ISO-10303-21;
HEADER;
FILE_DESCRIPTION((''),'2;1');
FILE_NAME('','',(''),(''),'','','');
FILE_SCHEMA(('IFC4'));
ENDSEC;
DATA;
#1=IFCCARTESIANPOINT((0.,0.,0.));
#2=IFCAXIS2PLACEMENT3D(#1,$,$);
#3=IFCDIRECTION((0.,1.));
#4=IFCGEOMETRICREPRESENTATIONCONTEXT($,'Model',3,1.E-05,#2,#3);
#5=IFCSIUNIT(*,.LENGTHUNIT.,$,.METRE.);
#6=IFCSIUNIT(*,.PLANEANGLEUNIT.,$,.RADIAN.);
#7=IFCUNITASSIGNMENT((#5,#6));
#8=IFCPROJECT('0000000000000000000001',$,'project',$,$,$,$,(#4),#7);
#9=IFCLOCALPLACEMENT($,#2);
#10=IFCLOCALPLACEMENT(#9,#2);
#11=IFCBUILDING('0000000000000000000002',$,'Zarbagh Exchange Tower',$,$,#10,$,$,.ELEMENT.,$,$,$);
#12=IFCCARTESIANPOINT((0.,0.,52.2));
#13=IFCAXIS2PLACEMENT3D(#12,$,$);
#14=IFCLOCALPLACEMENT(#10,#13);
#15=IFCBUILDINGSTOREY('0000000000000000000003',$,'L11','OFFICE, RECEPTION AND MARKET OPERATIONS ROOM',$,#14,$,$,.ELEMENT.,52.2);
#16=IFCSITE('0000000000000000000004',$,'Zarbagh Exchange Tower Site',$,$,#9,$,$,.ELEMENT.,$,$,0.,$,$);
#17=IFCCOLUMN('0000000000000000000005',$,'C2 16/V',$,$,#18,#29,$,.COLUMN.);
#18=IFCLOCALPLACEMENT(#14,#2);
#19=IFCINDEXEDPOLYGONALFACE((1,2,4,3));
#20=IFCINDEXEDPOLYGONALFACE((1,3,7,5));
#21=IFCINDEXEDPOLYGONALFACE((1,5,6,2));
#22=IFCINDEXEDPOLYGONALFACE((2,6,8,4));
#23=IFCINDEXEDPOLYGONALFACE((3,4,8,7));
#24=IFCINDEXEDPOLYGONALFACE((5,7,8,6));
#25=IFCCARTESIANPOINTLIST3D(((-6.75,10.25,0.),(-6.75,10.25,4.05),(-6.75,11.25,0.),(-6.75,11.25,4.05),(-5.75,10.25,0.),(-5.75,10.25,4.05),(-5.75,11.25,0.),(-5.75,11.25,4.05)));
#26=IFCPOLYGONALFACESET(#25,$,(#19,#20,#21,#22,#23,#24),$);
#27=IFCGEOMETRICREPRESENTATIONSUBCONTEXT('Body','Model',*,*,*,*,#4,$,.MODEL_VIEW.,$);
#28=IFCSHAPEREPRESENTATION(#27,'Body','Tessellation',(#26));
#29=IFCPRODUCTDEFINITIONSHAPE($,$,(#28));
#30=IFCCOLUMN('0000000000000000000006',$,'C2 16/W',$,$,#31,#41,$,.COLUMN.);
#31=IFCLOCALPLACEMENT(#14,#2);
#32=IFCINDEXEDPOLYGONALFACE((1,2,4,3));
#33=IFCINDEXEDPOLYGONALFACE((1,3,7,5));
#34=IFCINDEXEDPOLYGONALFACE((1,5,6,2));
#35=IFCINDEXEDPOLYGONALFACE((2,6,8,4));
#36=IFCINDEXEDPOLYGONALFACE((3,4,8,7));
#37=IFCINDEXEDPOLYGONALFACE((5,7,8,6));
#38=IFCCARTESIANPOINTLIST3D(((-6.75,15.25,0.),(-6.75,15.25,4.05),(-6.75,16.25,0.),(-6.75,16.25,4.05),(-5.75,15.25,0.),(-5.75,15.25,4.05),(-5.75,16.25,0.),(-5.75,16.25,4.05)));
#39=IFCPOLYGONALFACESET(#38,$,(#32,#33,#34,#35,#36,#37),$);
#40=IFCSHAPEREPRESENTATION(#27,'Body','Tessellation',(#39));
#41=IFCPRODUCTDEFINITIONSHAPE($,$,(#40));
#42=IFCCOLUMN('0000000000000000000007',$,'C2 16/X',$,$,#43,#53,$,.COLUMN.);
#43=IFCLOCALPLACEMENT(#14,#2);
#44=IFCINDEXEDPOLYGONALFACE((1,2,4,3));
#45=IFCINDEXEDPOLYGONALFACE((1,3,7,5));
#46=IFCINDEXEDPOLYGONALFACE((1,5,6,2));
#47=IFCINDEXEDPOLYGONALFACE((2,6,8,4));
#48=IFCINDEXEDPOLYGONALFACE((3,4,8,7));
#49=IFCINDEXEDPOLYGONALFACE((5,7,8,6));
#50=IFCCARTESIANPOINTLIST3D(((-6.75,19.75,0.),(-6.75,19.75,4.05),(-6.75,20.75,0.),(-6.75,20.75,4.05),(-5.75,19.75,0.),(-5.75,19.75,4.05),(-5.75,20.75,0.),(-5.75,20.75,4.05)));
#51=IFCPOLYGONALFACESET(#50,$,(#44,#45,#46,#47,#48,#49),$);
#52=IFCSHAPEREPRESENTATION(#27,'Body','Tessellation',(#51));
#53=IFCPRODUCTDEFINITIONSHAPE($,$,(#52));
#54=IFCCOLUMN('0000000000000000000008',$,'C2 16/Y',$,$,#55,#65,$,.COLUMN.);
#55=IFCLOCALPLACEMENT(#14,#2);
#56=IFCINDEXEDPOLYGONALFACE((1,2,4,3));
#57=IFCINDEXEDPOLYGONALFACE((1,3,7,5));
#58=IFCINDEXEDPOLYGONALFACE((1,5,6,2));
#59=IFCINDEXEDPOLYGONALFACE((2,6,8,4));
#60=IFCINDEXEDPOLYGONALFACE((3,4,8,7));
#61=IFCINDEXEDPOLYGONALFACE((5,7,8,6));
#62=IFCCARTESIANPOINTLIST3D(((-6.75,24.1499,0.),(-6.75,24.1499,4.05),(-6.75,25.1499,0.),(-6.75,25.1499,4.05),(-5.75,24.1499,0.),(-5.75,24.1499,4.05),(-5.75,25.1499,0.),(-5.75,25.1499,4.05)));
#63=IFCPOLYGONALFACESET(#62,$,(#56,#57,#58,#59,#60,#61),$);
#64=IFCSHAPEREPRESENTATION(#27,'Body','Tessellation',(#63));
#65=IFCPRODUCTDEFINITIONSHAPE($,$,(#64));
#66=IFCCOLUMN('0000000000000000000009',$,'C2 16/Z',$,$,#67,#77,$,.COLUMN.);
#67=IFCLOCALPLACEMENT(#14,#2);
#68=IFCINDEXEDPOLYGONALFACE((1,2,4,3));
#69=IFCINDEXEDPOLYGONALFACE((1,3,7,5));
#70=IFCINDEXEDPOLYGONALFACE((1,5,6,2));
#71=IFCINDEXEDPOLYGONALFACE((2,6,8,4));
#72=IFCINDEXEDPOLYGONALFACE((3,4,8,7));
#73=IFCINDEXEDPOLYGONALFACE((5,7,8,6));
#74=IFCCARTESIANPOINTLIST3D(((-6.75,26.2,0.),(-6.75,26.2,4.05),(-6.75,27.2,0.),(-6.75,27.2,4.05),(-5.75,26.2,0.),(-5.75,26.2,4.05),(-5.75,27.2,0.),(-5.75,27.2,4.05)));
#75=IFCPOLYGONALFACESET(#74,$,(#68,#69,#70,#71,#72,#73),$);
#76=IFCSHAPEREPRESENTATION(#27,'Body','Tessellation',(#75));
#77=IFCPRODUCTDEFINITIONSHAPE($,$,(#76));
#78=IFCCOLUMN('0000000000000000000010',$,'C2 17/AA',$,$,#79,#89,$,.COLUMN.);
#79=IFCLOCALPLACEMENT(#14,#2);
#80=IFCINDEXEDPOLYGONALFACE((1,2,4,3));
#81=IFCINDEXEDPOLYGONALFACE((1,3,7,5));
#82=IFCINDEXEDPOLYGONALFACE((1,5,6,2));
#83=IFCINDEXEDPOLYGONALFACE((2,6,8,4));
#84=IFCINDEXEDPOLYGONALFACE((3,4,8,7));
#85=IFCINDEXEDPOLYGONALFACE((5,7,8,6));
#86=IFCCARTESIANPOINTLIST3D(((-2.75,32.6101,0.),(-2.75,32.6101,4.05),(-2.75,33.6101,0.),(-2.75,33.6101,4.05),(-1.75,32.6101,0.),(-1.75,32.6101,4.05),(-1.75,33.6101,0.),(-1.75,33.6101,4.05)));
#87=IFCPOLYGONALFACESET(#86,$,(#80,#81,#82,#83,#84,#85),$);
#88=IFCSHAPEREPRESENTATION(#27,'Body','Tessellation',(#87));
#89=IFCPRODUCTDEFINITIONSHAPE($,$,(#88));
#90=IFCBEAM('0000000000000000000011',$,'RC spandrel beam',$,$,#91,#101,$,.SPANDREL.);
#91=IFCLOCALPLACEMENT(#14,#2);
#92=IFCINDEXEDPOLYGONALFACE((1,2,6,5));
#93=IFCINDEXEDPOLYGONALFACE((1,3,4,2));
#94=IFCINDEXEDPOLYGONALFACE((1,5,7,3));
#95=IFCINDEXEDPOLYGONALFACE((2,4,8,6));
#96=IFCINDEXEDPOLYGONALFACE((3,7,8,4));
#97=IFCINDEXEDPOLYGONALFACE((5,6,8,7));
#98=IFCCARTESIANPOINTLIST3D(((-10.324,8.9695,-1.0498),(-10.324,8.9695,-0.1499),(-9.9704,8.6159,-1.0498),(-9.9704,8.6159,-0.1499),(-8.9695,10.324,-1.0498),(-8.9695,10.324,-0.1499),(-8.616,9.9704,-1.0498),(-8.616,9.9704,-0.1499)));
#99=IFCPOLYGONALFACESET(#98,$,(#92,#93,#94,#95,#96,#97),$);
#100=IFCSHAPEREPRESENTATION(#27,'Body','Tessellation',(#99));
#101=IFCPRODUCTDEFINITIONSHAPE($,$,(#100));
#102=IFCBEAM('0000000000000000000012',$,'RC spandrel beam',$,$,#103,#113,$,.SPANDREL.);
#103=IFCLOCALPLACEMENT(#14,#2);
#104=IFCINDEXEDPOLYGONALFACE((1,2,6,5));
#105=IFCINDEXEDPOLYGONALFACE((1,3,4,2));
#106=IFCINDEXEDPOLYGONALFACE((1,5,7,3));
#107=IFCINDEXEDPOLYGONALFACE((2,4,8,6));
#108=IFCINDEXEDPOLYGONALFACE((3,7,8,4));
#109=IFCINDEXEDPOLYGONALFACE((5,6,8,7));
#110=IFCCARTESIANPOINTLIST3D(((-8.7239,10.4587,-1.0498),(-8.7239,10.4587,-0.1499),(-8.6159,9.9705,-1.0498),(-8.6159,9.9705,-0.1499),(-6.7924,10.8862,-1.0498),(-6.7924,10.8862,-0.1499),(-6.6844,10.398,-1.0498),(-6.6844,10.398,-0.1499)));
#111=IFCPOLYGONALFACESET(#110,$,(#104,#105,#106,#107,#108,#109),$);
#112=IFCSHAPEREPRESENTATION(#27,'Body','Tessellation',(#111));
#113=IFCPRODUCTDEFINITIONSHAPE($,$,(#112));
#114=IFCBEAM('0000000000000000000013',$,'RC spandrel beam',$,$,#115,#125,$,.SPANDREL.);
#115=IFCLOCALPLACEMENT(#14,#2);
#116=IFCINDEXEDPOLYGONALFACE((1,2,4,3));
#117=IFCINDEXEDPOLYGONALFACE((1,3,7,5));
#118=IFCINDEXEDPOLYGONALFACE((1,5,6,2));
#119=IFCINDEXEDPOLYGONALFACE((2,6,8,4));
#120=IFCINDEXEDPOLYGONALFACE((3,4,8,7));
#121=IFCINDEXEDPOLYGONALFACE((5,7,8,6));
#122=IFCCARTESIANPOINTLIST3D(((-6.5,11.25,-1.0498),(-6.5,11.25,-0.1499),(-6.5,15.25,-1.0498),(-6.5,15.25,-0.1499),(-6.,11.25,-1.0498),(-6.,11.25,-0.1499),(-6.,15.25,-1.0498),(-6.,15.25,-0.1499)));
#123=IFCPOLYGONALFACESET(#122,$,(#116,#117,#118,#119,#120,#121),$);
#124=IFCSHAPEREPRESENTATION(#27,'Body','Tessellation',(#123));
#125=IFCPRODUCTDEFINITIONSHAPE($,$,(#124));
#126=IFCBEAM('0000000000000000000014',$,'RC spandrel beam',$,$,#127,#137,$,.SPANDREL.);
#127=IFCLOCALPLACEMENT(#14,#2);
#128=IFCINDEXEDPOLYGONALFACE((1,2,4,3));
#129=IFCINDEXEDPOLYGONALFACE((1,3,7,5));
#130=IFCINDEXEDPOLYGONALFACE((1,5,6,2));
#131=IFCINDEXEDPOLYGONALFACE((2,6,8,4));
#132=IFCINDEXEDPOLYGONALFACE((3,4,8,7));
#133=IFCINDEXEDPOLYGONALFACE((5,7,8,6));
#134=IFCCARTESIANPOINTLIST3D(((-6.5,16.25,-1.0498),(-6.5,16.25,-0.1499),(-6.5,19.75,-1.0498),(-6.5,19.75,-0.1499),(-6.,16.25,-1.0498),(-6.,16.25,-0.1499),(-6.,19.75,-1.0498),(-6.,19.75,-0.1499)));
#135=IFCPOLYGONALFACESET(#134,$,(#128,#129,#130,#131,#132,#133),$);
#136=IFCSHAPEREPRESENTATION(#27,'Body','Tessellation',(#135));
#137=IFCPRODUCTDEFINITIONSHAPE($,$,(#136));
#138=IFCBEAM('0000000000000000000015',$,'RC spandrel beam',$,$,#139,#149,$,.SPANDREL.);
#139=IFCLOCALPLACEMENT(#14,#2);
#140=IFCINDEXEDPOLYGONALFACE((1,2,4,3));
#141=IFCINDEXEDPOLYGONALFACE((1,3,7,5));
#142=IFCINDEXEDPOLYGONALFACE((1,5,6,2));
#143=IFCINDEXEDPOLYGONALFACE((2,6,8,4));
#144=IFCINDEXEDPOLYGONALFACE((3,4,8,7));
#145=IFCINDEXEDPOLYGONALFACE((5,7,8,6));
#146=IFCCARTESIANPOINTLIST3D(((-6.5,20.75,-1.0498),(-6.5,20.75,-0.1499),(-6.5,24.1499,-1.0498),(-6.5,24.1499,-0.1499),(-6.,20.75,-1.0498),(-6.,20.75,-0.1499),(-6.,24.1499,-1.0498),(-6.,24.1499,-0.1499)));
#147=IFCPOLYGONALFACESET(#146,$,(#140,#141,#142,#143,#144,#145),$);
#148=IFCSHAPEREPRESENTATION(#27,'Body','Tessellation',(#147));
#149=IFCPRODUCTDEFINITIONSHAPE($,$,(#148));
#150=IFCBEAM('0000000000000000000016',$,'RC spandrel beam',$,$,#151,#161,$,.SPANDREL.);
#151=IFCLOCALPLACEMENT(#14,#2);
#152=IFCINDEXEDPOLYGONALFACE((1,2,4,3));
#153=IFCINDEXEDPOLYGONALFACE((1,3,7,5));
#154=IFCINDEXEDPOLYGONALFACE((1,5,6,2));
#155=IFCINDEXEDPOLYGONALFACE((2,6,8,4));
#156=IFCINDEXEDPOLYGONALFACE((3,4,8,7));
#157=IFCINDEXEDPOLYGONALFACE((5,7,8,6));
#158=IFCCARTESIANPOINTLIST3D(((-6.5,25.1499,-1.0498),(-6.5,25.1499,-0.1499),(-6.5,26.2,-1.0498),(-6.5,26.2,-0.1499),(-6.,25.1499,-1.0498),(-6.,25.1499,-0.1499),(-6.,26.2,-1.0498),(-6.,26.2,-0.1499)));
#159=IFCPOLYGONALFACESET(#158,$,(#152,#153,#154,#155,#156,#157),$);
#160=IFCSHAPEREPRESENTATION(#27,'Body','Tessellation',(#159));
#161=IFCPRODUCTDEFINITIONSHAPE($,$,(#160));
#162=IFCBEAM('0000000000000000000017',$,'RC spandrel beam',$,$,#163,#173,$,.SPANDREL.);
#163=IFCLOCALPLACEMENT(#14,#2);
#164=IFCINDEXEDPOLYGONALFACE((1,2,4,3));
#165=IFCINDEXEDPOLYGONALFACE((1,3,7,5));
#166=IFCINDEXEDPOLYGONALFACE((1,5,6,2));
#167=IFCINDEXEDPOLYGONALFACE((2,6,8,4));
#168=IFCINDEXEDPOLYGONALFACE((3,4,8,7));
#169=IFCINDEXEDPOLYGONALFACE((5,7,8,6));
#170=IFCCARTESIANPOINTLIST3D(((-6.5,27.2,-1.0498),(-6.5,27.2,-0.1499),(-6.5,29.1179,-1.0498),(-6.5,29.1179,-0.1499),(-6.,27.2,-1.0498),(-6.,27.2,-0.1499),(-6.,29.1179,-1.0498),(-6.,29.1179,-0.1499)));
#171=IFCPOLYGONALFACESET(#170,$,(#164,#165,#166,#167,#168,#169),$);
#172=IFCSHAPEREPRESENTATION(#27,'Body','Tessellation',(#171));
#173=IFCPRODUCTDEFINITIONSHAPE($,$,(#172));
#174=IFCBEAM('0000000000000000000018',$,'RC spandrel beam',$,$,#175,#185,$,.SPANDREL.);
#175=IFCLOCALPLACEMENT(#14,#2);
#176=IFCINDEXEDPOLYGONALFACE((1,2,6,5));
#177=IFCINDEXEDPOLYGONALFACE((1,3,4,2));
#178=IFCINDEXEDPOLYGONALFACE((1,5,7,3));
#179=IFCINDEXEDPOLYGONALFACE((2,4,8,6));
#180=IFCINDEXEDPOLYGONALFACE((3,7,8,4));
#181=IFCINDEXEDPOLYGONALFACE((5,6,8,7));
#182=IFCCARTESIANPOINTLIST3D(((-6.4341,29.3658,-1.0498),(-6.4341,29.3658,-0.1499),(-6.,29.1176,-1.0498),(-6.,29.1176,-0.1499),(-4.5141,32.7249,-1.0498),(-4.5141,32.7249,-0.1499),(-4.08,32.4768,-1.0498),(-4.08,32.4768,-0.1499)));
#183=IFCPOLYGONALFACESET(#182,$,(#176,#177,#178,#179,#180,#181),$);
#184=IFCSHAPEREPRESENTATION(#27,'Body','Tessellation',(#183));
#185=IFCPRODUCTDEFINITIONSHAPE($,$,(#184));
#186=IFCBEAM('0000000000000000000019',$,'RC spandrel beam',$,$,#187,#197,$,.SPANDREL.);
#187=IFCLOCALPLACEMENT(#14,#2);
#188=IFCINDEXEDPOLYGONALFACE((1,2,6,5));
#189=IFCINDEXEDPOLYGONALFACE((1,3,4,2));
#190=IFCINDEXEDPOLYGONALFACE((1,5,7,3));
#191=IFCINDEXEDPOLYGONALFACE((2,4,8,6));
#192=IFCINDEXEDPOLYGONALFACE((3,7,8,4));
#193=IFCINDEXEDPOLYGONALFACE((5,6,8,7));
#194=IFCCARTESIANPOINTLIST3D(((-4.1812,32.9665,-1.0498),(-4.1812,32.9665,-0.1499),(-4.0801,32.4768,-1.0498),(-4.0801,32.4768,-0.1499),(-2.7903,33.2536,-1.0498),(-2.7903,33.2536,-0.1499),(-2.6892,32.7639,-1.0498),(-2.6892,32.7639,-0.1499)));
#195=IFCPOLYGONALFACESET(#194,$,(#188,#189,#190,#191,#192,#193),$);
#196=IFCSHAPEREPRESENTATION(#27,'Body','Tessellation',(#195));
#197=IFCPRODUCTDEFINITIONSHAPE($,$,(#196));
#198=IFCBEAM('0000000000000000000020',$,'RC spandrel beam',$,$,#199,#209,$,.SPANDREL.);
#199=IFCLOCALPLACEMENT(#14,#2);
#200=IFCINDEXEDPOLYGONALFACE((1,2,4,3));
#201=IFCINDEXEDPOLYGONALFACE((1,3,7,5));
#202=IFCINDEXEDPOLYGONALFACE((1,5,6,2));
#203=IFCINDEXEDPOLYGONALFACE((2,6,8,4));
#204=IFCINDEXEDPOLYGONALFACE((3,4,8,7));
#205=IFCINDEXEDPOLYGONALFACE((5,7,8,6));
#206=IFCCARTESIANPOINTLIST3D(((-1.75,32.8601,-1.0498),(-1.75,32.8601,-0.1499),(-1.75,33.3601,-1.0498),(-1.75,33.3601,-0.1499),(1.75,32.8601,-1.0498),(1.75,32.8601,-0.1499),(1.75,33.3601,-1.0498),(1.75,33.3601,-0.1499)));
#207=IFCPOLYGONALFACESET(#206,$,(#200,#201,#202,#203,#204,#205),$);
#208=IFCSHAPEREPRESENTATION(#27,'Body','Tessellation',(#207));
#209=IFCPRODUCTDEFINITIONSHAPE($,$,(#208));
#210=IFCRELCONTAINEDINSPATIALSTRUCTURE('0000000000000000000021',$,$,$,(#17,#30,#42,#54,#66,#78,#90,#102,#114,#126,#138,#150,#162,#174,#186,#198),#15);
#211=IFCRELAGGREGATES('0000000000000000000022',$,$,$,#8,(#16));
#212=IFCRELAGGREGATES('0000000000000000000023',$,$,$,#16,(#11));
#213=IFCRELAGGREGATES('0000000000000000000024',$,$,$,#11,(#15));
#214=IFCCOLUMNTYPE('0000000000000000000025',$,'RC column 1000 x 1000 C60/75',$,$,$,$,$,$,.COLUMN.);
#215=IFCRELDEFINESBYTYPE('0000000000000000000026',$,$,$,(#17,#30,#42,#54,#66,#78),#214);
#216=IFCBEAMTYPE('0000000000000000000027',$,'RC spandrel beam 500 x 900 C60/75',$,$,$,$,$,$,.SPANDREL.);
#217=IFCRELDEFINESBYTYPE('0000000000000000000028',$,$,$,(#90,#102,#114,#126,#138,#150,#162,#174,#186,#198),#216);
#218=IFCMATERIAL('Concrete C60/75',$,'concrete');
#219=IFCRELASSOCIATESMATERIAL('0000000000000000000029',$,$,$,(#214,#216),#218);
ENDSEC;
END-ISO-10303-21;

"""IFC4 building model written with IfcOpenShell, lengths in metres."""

from ifc_helpers import new_model, si_unit, direction, frame, origin, origin_2d, place, context, subcontext, project, spatial, rectangle, extrude, material, material_profile, profile_set, type_object, element, save


model = new_model("IFC4")

# Units and contexts
model_context = context("Model", 3, precision=1e-05, world=origin(), true_north=direction((0.0, 1.0)))
body_context = subcontext(model_context, "Body", "Model", "MODEL_VIEW")
ifc_project = project(units=[si_unit("LENGTHUNIT", "METRE"), si_unit("PLANEANGLEUNIT", "RADIAN")], contexts=[model_context])

# Site, building, storey
site_placement = place(None, origin())
site = spatial("IfcSite", under=ifc_project, at=site_placement, Name="Zarbagh Exchange Tower Site", CompositionType="ELEMENT", RefElevation=0.0)
building_placement = place(site_placement, origin())
building = spatial("IfcBuilding", under=site, at=building_placement, Name="Zarbagh Exchange Tower", CompositionType="ELEMENT")
storey_placement = place(building_placement, frame((0.0, 0.0, 52.2)))
storey = spatial("IfcBuildingStorey", under=building, at=storey_placement, Name="L11", Description="OFFICE, RECEPTION AND MARKET OPERATIONS ROOM", CompositionType="ELEMENT", Elevation=52.2)

# Columns
ifc_material_1 = material(Name="Concrete C60/75", Category="concrete")
ifc_material_profile_1 = material_profile(ifc_material_1, rectangle(XDim=1.0, YDim=1.0, at=origin_2d()), Name="RC column 1000 x 1000 C60/75")
ifc_profile_set_1 = profile_set([ifc_material_profile_1], Name="Concrete C60/75")
column_type = type_object("IfcColumnType", Name="RC column 1000 x 1000 C60/75", PredefinedType="COLUMN", material=ifc_profile_set_1)
for number, where, z_axis, x_axis, name in (
    (1, (-6.25, 10.75, 0.0), (0.0, 0.0, 1.0), (1.0, 0.0, 0.0), "C2 16/V"),
    (2, (-6.25, 15.75, 0.0), (0.0, 0.0, 1.0), (1.0, 0.0, 0.0), "C2 16/W"),
    (3, (-6.25, 20.25, 0.0), (0.0, 0.0, 1.0), (1.0, 0.0, 0.0), "C2 16/X"),
    (4, (-6.25, 24.6499, 0.0), (0.0, 0.0, 1.0), (1.0, 0.0, 0.0), "C2 16/Y"),
    (5, (-6.25, 26.7, 0.0), (0.0, 0.0, 1.0), (1.0, 0.0, 0.0), "C2 16/Z"),
    (6, (-2.25, 33.1101, 0.0), (0.0, 0.0, 1.0), (1.0, 0.0, 0.0), "C2 17/AA"),
):
    element("IfcColumn", number, at=place(storey_placement, frame(where, z_axis=z_axis, x_axis=x_axis)), inside=storey, type_object=column_type, Name=name, PredefinedType="COLUMN", context=body_context, shape_type="SweptSolid", body=[
        extrude(rectangle(XDim=1.0, YDim=1.0, at=origin_2d()), origin(), (0.0, 0.0, 1.0), 4.05),
    ])

# Beams
ifc_material_profile_2 = material_profile(ifc_material_1, rectangle(XDim=0.5, YDim=0.8999, at=origin_2d()), Name="RC spandrel beam 500 x 900 C60/75")
ifc_profile_set_2 = profile_set([ifc_material_profile_2], Name="Concrete C60/75")
beam_type = type_object("IfcBeamType", Name="RC spandrel beam 500 x 900 C60/75", PredefinedType="SPANDREL", material=ifc_profile_set_2)
beam_1_placement = place(storey_placement, frame((-10.1472, 8.7927, -0.5999), z_axis=(0.707107, 0.707107, 0.0), x_axis=(-0.707107, 0.707107, 0.0)))
element("IfcBeam", 7, at=beam_1_placement, inside=storey, type_object=beam_type, Name="RC spandrel beam", PredefinedType="SPANDREL", context=body_context, shape_type="SweptSolid", body=[
    extrude(rectangle(XDim=0.5, YDim=0.8999, at=origin_2d()), origin(), (0.0, 0.0, 1.0), 1.9155),
])
beam_2_placement = place(storey_placement, frame((-8.6699, 10.2146, -0.5999), z_axis=(0.976375, 0.216081, 0.0), x_axis=(-0.216081, 0.976375, 0.0)))
element("IfcBeam", 8, at=beam_2_placement, inside=storey, type_object=beam_type, Name="RC spandrel beam", PredefinedType="SPANDREL", context=body_context, shape_type="SweptSolid", body=[
    extrude(rectangle(XDim=0.5, YDim=0.8999, at=origin_2d()), origin(), (0.0, 0.0, 1.0), 1.9783),
])
beam_3_placement = place(storey_placement, frame((-6.25, 11.25, -0.5999), z_axis=(0.0, 1.0, 0.0), x_axis=(-1.0, 0.0, 0.0)))
element("IfcBeam", 9, at=beam_3_placement, inside=storey, type_object=beam_type, Name="RC spandrel beam", PredefinedType="SPANDREL", context=body_context, shape_type="SweptSolid", body=[
    extrude(rectangle(XDim=0.5, YDim=0.8999, at=origin_2d()), origin(), (0.0, 0.0, 1.0), 4.0),
])
beam_4_placement = place(storey_placement, frame((-6.25, 16.25, -0.5999), z_axis=(0.0, 1.0, 0.0), x_axis=(-1.0, 0.0, 0.0)))
element("IfcBeam", 10, at=beam_4_placement, inside=storey, type_object=beam_type, Name="RC spandrel beam", PredefinedType="SPANDREL", context=body_context, shape_type="SweptSolid", body=[
    extrude(rectangle(XDim=0.5, YDim=0.8999, at=origin_2d()), origin(), (0.0, 0.0, 1.0), 3.5),
])
beam_5_placement = place(storey_placement, frame((-6.25, 20.75, -0.5999), z_axis=(0.0, 1.0, 0.0), x_axis=(-1.0, 0.0, 0.0)))
element("IfcBeam", 11, at=beam_5_placement, inside=storey, type_object=beam_type, Name="RC spandrel beam", PredefinedType="SPANDREL", context=body_context, shape_type="SweptSolid", body=[
    extrude(rectangle(XDim=0.5, YDim=0.8999, at=origin_2d()), origin(), (0.0, 0.0, 1.0), 3.3999),
])
beam_6_placement = place(storey_placement, frame((-6.25, 25.1499, -0.5999), z_axis=(0.0, 1.0, 0.0), x_axis=(-1.0, 0.0, 0.0)))
element("IfcBeam", 12, at=beam_6_placement, inside=storey, type_object=beam_type, Name="RC spandrel beam", PredefinedType="SPANDREL", context=body_context, shape_type="SweptSolid", body=[
    extrude(rectangle(XDim=0.5, YDim=0.8999, at=origin_2d()), origin(), (0.0, 0.0, 1.0), 1.05),
])
beam_7_placement = place(storey_placement, frame((-6.25, 27.2, -0.5999), z_axis=(0.0, 1.0, 0.0), x_axis=(-1.0, 0.0, 0.0)))
element("IfcBeam", 13, at=beam_7_placement, inside=storey, type_object=beam_type, Name="RC spandrel beam", PredefinedType="SPANDREL", context=body_context, shape_type="SweptSolid", body=[
    extrude(rectangle(XDim=0.5, YDim=0.8999, at=origin_2d()), origin(), (0.0, 0.0, 1.0), 1.918),
])
beam_8_placement = place(storey_placement, frame((-6.217, 29.2417, -0.5999), z_axis=(0.49622, 0.868197, 0.0), x_axis=(-0.868197, 0.49622, 0.0)))
element("IfcBeam", 14, at=beam_8_placement, inside=storey, type_object=beam_type, Name="RC spandrel beam", PredefinedType="SPANDREL", context=body_context, shape_type="SweptSolid", body=[
    extrude(rectangle(XDim=0.5, YDim=0.8999, at=origin_2d()), origin(), (0.0, 0.0, 1.0), 3.8691),
])
beam_9_placement = place(storey_placement, frame((-4.1306, 32.7217, -0.5999), z_axis=(0.979352, 0.202162, 0.0), x_axis=(-0.202162, 0.979352, 0.0)))
element("IfcBeam", 15, at=beam_9_placement, inside=storey, type_object=beam_type, Name="RC spandrel beam", PredefinedType="SPANDREL", context=body_context, shape_type="SweptSolid", body=[
    extrude(rectangle(XDim=0.5, YDim=0.8999, at=origin_2d()), origin(), (0.0, 0.0, 1.0), 1.4202),
])
beam_10_placement = place(storey_placement, frame((-1.75, 33.1101, -0.5999), z_axis=(1.0, 0.0, 0.0), x_axis=(0.0, 1.0, 0.0)))
element("IfcBeam", 16, at=beam_10_placement, inside=storey, type_object=beam_type, Name="RC spandrel beam", PredefinedType="SPANDREL", context=body_context, shape_type="SweptSolid", body=[
    extrude(rectangle(XDim=0.5, YDim=0.8999, at=origin_2d()), origin(), (0.0, 0.0, 1.0), 3.5),
])

save(model, "model.ifc")
